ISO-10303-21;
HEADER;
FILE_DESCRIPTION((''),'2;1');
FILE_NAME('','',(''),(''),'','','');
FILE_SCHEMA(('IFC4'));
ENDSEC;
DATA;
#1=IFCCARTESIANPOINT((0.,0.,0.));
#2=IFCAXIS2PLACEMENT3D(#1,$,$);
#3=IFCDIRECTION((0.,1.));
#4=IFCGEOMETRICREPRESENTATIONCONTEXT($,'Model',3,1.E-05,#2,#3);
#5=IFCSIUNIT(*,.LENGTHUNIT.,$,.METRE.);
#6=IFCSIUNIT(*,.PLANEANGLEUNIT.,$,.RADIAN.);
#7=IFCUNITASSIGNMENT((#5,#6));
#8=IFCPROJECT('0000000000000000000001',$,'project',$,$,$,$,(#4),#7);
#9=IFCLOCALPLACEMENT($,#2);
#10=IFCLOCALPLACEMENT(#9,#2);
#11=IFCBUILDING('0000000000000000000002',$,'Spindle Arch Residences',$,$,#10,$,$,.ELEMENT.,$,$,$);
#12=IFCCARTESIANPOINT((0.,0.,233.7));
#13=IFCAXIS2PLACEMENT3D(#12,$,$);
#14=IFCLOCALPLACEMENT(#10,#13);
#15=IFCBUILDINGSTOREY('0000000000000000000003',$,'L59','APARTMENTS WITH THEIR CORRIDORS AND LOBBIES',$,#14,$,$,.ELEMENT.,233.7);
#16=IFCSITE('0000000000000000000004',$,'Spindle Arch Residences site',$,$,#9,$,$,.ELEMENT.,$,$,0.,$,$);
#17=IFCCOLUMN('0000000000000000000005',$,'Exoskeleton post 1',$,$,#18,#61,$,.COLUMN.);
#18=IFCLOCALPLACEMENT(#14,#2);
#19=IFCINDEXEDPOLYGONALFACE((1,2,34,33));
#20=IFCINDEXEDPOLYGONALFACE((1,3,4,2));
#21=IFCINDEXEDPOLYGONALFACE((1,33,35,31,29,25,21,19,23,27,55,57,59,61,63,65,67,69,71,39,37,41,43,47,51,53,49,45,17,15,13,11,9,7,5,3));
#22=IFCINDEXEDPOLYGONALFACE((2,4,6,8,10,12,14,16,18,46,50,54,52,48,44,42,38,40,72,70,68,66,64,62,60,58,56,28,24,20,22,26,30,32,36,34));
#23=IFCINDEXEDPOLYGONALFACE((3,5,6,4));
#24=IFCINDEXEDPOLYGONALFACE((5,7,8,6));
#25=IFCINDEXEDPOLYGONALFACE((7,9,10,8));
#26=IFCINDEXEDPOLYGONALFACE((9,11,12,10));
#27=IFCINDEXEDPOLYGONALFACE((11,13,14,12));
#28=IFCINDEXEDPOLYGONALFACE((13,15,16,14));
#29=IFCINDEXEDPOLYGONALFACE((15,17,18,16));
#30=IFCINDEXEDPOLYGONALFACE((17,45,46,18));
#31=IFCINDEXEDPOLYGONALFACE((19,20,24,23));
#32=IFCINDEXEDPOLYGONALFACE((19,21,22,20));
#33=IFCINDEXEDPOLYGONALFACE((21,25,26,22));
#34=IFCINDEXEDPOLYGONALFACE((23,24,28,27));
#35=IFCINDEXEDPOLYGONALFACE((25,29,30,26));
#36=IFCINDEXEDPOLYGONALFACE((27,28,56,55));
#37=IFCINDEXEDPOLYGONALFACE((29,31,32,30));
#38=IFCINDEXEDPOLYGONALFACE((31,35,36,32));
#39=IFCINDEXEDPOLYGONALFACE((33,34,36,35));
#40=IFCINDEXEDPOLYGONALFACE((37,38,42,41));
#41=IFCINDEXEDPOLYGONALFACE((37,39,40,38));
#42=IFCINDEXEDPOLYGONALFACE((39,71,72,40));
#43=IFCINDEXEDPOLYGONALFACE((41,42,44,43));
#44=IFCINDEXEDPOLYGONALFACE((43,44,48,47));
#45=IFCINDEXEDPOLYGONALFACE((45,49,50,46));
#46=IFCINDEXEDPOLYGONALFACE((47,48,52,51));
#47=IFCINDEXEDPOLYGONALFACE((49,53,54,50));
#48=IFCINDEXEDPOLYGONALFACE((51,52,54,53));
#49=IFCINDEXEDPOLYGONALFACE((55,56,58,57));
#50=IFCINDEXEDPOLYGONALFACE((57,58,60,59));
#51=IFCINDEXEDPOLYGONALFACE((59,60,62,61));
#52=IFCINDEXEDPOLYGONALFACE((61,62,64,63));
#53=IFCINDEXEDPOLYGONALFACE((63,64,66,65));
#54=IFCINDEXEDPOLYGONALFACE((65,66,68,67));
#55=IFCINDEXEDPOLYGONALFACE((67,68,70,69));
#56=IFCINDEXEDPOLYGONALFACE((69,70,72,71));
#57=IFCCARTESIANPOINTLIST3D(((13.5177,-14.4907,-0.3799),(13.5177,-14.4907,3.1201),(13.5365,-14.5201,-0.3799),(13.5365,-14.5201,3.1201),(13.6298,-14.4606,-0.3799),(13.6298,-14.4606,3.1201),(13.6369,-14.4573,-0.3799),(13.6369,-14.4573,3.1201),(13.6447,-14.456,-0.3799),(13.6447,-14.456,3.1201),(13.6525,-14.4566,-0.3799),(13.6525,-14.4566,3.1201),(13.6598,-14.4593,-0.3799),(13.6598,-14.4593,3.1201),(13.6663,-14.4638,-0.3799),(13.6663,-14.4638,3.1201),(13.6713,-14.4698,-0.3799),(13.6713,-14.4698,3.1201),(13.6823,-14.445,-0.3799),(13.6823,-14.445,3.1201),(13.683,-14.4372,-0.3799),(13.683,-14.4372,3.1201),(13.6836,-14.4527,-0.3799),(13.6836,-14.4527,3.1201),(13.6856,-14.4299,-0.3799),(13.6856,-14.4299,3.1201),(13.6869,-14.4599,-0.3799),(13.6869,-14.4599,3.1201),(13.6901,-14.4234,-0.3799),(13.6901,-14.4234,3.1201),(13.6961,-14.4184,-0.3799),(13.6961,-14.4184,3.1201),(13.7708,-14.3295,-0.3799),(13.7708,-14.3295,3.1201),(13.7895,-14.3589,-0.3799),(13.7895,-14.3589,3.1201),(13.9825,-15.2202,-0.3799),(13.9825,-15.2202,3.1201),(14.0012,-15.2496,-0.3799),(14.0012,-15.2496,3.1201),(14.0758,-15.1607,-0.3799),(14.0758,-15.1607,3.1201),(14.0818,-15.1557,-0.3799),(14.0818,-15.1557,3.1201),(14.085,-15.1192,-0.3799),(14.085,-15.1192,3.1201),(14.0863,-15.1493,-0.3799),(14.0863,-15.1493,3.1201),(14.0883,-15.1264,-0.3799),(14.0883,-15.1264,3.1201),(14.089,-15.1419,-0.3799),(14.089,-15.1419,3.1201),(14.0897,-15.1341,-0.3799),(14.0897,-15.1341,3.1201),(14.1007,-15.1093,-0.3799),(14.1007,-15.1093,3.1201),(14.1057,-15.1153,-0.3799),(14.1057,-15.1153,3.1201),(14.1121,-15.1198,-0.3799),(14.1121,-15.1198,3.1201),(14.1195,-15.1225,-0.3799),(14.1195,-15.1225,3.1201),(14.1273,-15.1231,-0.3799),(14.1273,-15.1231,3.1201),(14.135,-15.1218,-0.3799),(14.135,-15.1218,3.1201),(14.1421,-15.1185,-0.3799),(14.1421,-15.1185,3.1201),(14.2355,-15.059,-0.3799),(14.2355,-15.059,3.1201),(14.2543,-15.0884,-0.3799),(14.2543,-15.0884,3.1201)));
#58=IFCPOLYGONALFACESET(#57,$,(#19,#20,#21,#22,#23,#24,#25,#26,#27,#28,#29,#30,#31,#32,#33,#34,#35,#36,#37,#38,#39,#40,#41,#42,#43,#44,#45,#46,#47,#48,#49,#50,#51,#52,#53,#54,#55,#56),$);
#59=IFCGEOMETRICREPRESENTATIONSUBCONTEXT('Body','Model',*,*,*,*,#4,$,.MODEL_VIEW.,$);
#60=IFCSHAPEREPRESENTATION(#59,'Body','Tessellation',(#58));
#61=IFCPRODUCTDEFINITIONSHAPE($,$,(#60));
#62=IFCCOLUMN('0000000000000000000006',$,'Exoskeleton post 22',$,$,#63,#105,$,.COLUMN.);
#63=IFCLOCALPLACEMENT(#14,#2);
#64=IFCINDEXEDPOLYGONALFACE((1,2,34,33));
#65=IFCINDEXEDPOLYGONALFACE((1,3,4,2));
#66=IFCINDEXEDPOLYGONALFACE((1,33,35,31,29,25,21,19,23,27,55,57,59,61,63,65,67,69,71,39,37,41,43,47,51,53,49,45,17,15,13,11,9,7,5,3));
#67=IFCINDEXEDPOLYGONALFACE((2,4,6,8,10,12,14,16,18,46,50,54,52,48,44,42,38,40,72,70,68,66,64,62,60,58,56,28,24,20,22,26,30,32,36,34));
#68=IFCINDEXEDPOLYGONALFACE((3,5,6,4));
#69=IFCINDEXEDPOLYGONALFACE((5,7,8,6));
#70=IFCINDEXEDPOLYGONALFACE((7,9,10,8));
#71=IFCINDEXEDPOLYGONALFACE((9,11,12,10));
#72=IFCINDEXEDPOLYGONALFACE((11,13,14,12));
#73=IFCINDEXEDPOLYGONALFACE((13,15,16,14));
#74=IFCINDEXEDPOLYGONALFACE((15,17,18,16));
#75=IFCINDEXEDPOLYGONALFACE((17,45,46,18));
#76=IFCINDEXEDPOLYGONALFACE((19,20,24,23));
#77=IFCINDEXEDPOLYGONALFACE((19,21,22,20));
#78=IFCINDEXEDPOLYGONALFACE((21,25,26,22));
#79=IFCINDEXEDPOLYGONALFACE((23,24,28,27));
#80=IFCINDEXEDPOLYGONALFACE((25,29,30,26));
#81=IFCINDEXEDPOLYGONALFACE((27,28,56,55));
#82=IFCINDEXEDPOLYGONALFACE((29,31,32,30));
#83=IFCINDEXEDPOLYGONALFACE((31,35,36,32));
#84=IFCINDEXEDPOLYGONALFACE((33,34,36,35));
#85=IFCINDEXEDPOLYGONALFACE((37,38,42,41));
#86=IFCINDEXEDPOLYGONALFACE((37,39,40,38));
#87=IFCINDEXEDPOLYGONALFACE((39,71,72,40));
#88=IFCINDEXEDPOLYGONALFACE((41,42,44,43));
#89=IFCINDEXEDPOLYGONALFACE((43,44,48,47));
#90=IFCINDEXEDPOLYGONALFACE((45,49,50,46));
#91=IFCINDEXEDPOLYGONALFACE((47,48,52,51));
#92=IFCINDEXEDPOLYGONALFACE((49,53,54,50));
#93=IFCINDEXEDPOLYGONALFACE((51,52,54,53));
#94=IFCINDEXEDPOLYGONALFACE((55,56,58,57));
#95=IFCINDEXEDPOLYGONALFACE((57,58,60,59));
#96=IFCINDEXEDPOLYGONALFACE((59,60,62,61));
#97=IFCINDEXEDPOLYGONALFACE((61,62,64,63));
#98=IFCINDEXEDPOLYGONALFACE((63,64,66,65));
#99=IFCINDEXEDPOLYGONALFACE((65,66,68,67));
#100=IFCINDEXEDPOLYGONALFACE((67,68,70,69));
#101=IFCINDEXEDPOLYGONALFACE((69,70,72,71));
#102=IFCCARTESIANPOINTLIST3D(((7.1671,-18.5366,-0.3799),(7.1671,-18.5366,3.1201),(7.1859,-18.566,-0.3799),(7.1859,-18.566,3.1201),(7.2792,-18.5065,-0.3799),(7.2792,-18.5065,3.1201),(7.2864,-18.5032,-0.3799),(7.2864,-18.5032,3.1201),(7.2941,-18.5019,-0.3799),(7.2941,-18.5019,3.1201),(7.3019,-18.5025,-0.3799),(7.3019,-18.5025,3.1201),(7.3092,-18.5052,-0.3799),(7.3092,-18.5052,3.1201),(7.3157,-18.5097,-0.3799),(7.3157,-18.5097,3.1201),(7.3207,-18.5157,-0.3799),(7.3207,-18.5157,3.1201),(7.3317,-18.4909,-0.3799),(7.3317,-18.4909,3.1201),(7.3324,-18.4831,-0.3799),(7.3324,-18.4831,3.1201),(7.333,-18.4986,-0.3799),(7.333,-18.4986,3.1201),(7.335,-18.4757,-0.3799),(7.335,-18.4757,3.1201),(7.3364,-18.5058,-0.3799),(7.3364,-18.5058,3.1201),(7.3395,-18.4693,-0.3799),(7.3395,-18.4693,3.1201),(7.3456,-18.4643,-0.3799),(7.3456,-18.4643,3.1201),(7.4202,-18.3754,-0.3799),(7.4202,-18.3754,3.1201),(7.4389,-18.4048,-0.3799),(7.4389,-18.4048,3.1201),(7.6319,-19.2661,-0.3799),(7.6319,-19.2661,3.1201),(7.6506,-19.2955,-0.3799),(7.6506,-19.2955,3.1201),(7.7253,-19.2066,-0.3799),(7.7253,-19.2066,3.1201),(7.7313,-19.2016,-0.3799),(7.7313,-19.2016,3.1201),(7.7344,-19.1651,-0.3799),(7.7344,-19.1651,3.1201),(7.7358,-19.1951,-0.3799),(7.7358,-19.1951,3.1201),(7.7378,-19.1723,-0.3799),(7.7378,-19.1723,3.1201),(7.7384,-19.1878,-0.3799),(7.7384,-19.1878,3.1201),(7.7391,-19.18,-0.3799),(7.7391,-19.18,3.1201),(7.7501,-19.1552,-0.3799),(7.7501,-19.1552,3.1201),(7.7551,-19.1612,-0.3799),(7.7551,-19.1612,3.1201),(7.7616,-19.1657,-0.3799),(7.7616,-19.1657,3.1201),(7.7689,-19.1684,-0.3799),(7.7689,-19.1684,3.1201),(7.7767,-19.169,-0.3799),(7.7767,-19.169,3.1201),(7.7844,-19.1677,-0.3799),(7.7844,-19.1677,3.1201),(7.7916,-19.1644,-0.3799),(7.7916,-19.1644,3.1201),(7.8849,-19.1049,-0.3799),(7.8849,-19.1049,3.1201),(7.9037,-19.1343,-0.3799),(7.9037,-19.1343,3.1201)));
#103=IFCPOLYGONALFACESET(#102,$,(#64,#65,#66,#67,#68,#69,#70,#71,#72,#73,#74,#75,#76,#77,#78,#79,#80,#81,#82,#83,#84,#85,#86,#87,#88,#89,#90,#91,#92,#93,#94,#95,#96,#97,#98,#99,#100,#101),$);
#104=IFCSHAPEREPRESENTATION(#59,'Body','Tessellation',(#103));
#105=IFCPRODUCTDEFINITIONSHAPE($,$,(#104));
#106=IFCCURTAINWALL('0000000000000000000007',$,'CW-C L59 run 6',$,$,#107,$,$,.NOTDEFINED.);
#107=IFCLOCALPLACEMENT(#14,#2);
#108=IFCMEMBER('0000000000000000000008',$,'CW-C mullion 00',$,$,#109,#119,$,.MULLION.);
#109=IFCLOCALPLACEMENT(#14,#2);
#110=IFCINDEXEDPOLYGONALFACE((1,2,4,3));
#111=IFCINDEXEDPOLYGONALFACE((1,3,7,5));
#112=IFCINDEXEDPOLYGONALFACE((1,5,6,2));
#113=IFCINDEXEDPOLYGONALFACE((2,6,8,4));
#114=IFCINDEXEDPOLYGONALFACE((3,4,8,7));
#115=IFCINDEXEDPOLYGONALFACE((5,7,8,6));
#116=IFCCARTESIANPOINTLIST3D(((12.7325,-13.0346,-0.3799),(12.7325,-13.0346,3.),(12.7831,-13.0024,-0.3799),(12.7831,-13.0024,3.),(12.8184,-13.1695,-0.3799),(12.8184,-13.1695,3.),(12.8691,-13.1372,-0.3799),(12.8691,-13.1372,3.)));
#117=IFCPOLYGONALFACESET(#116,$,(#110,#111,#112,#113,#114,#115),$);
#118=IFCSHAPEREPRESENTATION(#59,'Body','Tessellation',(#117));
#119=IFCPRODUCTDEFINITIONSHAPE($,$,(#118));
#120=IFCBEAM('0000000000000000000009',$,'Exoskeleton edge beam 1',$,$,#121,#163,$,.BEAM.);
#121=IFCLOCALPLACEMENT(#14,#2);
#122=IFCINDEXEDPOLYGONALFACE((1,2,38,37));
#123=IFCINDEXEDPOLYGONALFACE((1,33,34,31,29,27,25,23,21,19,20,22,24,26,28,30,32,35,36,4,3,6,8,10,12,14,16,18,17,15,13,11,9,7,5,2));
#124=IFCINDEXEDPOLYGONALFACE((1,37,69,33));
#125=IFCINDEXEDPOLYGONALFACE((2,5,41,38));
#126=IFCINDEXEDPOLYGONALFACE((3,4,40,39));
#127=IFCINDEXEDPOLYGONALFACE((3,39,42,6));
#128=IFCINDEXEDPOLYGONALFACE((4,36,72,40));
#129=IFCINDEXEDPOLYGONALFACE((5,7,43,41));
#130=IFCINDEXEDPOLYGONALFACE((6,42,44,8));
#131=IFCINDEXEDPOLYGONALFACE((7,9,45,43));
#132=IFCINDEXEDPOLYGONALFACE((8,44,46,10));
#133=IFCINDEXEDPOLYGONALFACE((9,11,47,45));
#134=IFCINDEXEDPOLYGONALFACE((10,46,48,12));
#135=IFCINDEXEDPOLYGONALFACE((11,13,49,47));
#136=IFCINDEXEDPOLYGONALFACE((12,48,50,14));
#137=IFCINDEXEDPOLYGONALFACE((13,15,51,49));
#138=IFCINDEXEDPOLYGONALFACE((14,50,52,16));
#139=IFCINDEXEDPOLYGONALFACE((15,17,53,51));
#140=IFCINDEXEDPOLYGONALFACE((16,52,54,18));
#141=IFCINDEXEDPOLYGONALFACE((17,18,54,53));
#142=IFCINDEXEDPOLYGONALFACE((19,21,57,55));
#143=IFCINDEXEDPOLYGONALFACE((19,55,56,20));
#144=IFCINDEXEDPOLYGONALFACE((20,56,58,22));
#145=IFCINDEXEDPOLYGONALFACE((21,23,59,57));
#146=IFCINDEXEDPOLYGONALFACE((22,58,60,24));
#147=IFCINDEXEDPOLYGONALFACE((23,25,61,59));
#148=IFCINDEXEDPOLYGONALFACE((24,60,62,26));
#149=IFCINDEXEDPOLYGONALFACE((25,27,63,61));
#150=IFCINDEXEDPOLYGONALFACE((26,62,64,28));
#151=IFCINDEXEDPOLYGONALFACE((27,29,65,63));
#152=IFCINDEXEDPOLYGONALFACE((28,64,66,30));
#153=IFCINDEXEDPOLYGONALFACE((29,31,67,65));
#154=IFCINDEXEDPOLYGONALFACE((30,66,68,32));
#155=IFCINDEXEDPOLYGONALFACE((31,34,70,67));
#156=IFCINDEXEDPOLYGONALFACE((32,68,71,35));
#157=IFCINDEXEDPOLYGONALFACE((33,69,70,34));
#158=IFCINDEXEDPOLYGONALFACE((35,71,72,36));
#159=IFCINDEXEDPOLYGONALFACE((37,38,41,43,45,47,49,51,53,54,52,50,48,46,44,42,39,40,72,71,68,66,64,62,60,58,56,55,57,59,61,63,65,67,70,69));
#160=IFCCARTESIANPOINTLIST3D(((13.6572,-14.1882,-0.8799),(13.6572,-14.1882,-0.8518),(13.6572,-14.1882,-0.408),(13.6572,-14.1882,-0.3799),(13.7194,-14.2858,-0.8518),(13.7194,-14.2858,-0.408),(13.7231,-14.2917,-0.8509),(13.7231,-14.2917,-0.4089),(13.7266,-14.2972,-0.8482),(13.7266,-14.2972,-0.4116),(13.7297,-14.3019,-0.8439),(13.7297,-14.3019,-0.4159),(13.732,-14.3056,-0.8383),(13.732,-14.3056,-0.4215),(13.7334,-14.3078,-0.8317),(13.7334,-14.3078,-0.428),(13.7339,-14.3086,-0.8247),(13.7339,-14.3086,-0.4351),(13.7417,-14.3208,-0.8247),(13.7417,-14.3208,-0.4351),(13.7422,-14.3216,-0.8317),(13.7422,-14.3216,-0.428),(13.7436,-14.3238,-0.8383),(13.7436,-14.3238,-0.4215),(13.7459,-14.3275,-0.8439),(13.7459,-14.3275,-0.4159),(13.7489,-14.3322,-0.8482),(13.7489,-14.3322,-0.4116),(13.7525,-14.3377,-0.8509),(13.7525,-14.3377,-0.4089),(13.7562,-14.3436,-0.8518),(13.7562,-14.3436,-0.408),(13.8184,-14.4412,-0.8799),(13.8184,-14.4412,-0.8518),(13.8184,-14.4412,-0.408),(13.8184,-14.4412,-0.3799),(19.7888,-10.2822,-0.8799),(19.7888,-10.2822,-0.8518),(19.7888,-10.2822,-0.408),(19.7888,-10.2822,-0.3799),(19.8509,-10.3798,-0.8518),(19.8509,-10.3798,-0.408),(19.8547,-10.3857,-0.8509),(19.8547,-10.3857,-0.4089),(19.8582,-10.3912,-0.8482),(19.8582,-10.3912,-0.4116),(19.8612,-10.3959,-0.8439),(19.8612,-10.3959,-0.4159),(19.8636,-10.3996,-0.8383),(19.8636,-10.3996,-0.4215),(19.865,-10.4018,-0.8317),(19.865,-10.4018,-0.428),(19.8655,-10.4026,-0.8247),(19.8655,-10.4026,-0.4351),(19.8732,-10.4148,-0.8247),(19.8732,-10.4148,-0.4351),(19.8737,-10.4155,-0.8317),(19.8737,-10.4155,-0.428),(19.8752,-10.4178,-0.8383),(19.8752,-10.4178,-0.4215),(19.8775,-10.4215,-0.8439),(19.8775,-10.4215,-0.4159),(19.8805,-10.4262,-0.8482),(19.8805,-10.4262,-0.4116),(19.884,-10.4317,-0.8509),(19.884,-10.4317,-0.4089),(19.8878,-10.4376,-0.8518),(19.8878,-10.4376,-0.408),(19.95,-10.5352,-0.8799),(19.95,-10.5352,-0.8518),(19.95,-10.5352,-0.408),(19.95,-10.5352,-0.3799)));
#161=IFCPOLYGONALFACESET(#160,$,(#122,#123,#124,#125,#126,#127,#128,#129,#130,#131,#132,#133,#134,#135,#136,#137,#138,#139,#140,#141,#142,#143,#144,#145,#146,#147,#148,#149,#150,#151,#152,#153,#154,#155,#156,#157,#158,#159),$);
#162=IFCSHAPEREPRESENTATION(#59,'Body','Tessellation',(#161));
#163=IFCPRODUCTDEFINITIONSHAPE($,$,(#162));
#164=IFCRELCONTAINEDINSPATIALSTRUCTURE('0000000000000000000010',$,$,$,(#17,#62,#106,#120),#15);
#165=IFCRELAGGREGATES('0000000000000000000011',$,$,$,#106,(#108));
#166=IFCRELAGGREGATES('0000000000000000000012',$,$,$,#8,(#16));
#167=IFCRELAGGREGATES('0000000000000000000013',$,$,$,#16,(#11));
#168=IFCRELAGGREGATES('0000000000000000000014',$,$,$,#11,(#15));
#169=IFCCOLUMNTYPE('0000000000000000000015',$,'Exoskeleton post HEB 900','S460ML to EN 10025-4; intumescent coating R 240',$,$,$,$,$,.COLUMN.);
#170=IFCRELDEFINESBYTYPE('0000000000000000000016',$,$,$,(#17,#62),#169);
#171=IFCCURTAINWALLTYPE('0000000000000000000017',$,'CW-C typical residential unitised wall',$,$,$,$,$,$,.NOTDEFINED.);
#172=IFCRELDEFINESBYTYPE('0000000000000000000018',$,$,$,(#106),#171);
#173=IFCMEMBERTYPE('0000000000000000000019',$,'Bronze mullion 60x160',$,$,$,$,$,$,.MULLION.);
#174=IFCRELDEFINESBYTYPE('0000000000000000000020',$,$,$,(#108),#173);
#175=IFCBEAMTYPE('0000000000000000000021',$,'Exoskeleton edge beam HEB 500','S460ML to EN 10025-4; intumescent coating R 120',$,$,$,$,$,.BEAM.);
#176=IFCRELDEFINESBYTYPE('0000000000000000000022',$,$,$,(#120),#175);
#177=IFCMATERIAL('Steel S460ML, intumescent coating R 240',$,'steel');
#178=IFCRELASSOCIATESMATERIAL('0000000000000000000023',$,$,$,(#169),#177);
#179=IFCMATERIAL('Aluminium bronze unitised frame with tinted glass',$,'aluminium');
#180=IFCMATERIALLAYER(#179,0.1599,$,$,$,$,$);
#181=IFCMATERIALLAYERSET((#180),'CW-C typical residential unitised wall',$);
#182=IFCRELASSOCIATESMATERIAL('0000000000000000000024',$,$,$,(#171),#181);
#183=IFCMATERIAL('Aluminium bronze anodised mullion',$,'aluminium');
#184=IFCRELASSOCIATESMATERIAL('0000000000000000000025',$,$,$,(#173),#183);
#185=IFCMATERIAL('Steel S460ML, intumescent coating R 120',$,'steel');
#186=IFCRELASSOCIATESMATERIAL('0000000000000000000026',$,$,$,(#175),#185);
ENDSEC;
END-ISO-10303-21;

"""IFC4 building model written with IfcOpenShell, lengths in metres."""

from ifc_helpers import new_model, si_unit, direction, frame, origin, origin_2d, place, context, subcontext, project, spatial, rectangle, i_section, extrude, material, layer, layer_set, material_profile, profile_set, type_object, element, aggregate, save


model = new_model("IFC4")

# Units and contexts
model_context = context("Model", 3, precision=1e-05, world=origin(), true_north=direction((0.0, 1.0)))
body_context = subcontext(model_context, "Body", "Model", "MODEL_VIEW")
ifc_project = project(units=[si_unit("LENGTHUNIT", "METRE"), si_unit("PLANEANGLEUNIT", "RADIAN")], contexts=[model_context])

# Site, building, storey
site_placement = place(None, origin())
site = spatial("IfcSite", under=ifc_project, at=site_placement, Name="Spindle Arch Residences site", CompositionType="ELEMENT", RefElevation=0.0)
building_placement = place(site_placement, origin())
building = spatial("IfcBuilding", under=site, at=building_placement, Name="Spindle Arch Residences", CompositionType="ELEMENT")
storey_placement = place(building_placement, frame((0.0, 0.0, 233.7)))
storey = spatial("IfcBuildingStorey", under=building, at=storey_placement, Name="L59", Description="APARTMENTS WITH THEIR CORRIDORS AND LOBBIES", CompositionType="ELEMENT", Elevation=233.7)

# Columns
ifc_material_1 = material(Name="Steel S460ML, intumescent coating R 240", Category="steel")
ifc_material_profile_1 = material_profile(ifc_material_1, i_section(OverallWidth=0.3, OverallDepth=0.8999, WebThickness=0.0186, FlangeThickness=0.0349, FilletRadius=0.03, at=origin_2d()), Name="HEB 900")
ifc_profile_set_1 = profile_set([ifc_material_profile_1], Name="Steel S460ML, intumescent coating R 240")
column_type = type_object("IfcColumnType", Name="Exoskeleton post HEB 900", Description="S460ML to EN 10025-4; intumescent coating R 240", PredefinedType="COLUMN", material=ifc_profile_set_1)
for number, where, z_axis, x_axis, name in (
    (1, (13.886, -14.7896, -0.3799), (0.0, 0.0, 1.0), (-0.843391, -0.5373, 0.0), "Exoskeleton post 1"),
    (2, (7.5354, -18.8354, -0.3799), (0.0, 0.0, 1.0), (-0.843391, -0.5373, 0.0), "Exoskeleton post 22"),
):
    element("IfcColumn", number, at=place(storey_placement, frame(where, z_axis=z_axis, x_axis=x_axis)), inside=storey, type_object=column_type, Name=name, PredefinedType="COLUMN", context=body_context, shape_type="SweptSolid", body=[
        extrude(i_section(OverallWidth=0.3, OverallDepth=0.8999, WebThickness=0.0186, FlangeThickness=0.0349, FilletRadius=0.03, at=origin_2d()), origin(), (0.0, 0.0, 1.0), 3.5),
    ])

# Curtain wall, member
ifc_material_2 = material(Name="Aluminium bronze unitised frame with tinted glass", Category="aluminium")
ifc_layer_1 = layer(ifc_material_2, 0.1599)
ifc_layer_set_1 = layer_set([ifc_layer_1], Name="CW-C typical residential unitised wall")
curtain_wall_type = type_object("IfcCurtainWallType", Name="CW-C typical residential unitised wall", PredefinedType="NOTDEFINED", material=ifc_layer_set_1)
curtain_wall_placement = place(storey_placement, origin())
curtain_wall = element("IfcCurtainWall", 3, at=curtain_wall_placement, inside=storey, type_object=curtain_wall_type, Name="CW-C L59 run 6", PredefinedType="NOTDEFINED")
ifc_material_3 = material(Name="Aluminium bronze anodised mullion", Category="aluminium")
ifc_material_profile_2 = material_profile(ifc_material_3, rectangle(XDim=0.1599, YDim=0.0601, at=origin_2d()), Name="MU 60x160")
ifc_profile_set_2 = profile_set([ifc_material_profile_2], Name="Aluminium bronze anodised mullion")
member_type = type_object("IfcMemberType", Name="Bronze mullion 60x160", PredefinedType="MULLION", material=ifc_profile_set_2)
member_placement = place(storey_placement, frame((12.8008, -13.0859, -0.3799), z_axis=(0.0, 0.0, 1.0), x_axis=(-0.5373, 0.843391, 0.0)))
member = element("IfcMember", 4, at=member_placement, type_object=member_type, Name="CW-C mullion 00", PredefinedType="MULLION", context=body_context, shape_type="SweptSolid", body=[
    extrude(rectangle(XDim=0.1599, YDim=0.0601, at=origin_2d()), origin(), (0.0, 0.0, 1.0), 3.3799),
])

# Beam
ifc_material_4 = material(Name="Steel S460ML, intumescent coating R 120", Category="steel")
ifc_material_profile_3 = material_profile(ifc_material_4, i_section(OverallWidth=0.3, OverallDepth=0.5, WebThickness=0.0144, FlangeThickness=0.0281, FilletRadius=0.0271, at=origin_2d()), Name="HEB 500")
ifc_profile_set_3 = profile_set([ifc_material_profile_3], Name="Steel S460ML, intumescent coating R 120")
beam_type_1 = type_object("IfcBeamType", Name="Exoskeleton edge beam HEB 500", Description="S460ML to EN 10025-4; intumescent coating R 120", PredefinedType="BEAM", material=ifc_profile_set_3)
beam_1_placement = place(storey_placement, frame((13.7378, -14.3147, -0.6299), z_axis=(0.843407, 0.537275, 0.0), x_axis=(-0.537275, 0.843407, 0.0)))
element("IfcBeam", 5, at=beam_1_placement, inside=storey, type_object=beam_type_1, Name="Exoskeleton edge beam 1", PredefinedType="BEAM", context=body_context, shape_type="SweptSolid", body=[
    extrude(i_section(OverallWidth=0.3, OverallDepth=0.5, WebThickness=0.0144, FlangeThickness=0.0281, FilletRadius=0.0271, at=origin_2d()), origin(), (0.0, 0.0, 1.0), 7.27),
])

aggregate(curtain_wall, [member])

save(model, "model.ifc")
